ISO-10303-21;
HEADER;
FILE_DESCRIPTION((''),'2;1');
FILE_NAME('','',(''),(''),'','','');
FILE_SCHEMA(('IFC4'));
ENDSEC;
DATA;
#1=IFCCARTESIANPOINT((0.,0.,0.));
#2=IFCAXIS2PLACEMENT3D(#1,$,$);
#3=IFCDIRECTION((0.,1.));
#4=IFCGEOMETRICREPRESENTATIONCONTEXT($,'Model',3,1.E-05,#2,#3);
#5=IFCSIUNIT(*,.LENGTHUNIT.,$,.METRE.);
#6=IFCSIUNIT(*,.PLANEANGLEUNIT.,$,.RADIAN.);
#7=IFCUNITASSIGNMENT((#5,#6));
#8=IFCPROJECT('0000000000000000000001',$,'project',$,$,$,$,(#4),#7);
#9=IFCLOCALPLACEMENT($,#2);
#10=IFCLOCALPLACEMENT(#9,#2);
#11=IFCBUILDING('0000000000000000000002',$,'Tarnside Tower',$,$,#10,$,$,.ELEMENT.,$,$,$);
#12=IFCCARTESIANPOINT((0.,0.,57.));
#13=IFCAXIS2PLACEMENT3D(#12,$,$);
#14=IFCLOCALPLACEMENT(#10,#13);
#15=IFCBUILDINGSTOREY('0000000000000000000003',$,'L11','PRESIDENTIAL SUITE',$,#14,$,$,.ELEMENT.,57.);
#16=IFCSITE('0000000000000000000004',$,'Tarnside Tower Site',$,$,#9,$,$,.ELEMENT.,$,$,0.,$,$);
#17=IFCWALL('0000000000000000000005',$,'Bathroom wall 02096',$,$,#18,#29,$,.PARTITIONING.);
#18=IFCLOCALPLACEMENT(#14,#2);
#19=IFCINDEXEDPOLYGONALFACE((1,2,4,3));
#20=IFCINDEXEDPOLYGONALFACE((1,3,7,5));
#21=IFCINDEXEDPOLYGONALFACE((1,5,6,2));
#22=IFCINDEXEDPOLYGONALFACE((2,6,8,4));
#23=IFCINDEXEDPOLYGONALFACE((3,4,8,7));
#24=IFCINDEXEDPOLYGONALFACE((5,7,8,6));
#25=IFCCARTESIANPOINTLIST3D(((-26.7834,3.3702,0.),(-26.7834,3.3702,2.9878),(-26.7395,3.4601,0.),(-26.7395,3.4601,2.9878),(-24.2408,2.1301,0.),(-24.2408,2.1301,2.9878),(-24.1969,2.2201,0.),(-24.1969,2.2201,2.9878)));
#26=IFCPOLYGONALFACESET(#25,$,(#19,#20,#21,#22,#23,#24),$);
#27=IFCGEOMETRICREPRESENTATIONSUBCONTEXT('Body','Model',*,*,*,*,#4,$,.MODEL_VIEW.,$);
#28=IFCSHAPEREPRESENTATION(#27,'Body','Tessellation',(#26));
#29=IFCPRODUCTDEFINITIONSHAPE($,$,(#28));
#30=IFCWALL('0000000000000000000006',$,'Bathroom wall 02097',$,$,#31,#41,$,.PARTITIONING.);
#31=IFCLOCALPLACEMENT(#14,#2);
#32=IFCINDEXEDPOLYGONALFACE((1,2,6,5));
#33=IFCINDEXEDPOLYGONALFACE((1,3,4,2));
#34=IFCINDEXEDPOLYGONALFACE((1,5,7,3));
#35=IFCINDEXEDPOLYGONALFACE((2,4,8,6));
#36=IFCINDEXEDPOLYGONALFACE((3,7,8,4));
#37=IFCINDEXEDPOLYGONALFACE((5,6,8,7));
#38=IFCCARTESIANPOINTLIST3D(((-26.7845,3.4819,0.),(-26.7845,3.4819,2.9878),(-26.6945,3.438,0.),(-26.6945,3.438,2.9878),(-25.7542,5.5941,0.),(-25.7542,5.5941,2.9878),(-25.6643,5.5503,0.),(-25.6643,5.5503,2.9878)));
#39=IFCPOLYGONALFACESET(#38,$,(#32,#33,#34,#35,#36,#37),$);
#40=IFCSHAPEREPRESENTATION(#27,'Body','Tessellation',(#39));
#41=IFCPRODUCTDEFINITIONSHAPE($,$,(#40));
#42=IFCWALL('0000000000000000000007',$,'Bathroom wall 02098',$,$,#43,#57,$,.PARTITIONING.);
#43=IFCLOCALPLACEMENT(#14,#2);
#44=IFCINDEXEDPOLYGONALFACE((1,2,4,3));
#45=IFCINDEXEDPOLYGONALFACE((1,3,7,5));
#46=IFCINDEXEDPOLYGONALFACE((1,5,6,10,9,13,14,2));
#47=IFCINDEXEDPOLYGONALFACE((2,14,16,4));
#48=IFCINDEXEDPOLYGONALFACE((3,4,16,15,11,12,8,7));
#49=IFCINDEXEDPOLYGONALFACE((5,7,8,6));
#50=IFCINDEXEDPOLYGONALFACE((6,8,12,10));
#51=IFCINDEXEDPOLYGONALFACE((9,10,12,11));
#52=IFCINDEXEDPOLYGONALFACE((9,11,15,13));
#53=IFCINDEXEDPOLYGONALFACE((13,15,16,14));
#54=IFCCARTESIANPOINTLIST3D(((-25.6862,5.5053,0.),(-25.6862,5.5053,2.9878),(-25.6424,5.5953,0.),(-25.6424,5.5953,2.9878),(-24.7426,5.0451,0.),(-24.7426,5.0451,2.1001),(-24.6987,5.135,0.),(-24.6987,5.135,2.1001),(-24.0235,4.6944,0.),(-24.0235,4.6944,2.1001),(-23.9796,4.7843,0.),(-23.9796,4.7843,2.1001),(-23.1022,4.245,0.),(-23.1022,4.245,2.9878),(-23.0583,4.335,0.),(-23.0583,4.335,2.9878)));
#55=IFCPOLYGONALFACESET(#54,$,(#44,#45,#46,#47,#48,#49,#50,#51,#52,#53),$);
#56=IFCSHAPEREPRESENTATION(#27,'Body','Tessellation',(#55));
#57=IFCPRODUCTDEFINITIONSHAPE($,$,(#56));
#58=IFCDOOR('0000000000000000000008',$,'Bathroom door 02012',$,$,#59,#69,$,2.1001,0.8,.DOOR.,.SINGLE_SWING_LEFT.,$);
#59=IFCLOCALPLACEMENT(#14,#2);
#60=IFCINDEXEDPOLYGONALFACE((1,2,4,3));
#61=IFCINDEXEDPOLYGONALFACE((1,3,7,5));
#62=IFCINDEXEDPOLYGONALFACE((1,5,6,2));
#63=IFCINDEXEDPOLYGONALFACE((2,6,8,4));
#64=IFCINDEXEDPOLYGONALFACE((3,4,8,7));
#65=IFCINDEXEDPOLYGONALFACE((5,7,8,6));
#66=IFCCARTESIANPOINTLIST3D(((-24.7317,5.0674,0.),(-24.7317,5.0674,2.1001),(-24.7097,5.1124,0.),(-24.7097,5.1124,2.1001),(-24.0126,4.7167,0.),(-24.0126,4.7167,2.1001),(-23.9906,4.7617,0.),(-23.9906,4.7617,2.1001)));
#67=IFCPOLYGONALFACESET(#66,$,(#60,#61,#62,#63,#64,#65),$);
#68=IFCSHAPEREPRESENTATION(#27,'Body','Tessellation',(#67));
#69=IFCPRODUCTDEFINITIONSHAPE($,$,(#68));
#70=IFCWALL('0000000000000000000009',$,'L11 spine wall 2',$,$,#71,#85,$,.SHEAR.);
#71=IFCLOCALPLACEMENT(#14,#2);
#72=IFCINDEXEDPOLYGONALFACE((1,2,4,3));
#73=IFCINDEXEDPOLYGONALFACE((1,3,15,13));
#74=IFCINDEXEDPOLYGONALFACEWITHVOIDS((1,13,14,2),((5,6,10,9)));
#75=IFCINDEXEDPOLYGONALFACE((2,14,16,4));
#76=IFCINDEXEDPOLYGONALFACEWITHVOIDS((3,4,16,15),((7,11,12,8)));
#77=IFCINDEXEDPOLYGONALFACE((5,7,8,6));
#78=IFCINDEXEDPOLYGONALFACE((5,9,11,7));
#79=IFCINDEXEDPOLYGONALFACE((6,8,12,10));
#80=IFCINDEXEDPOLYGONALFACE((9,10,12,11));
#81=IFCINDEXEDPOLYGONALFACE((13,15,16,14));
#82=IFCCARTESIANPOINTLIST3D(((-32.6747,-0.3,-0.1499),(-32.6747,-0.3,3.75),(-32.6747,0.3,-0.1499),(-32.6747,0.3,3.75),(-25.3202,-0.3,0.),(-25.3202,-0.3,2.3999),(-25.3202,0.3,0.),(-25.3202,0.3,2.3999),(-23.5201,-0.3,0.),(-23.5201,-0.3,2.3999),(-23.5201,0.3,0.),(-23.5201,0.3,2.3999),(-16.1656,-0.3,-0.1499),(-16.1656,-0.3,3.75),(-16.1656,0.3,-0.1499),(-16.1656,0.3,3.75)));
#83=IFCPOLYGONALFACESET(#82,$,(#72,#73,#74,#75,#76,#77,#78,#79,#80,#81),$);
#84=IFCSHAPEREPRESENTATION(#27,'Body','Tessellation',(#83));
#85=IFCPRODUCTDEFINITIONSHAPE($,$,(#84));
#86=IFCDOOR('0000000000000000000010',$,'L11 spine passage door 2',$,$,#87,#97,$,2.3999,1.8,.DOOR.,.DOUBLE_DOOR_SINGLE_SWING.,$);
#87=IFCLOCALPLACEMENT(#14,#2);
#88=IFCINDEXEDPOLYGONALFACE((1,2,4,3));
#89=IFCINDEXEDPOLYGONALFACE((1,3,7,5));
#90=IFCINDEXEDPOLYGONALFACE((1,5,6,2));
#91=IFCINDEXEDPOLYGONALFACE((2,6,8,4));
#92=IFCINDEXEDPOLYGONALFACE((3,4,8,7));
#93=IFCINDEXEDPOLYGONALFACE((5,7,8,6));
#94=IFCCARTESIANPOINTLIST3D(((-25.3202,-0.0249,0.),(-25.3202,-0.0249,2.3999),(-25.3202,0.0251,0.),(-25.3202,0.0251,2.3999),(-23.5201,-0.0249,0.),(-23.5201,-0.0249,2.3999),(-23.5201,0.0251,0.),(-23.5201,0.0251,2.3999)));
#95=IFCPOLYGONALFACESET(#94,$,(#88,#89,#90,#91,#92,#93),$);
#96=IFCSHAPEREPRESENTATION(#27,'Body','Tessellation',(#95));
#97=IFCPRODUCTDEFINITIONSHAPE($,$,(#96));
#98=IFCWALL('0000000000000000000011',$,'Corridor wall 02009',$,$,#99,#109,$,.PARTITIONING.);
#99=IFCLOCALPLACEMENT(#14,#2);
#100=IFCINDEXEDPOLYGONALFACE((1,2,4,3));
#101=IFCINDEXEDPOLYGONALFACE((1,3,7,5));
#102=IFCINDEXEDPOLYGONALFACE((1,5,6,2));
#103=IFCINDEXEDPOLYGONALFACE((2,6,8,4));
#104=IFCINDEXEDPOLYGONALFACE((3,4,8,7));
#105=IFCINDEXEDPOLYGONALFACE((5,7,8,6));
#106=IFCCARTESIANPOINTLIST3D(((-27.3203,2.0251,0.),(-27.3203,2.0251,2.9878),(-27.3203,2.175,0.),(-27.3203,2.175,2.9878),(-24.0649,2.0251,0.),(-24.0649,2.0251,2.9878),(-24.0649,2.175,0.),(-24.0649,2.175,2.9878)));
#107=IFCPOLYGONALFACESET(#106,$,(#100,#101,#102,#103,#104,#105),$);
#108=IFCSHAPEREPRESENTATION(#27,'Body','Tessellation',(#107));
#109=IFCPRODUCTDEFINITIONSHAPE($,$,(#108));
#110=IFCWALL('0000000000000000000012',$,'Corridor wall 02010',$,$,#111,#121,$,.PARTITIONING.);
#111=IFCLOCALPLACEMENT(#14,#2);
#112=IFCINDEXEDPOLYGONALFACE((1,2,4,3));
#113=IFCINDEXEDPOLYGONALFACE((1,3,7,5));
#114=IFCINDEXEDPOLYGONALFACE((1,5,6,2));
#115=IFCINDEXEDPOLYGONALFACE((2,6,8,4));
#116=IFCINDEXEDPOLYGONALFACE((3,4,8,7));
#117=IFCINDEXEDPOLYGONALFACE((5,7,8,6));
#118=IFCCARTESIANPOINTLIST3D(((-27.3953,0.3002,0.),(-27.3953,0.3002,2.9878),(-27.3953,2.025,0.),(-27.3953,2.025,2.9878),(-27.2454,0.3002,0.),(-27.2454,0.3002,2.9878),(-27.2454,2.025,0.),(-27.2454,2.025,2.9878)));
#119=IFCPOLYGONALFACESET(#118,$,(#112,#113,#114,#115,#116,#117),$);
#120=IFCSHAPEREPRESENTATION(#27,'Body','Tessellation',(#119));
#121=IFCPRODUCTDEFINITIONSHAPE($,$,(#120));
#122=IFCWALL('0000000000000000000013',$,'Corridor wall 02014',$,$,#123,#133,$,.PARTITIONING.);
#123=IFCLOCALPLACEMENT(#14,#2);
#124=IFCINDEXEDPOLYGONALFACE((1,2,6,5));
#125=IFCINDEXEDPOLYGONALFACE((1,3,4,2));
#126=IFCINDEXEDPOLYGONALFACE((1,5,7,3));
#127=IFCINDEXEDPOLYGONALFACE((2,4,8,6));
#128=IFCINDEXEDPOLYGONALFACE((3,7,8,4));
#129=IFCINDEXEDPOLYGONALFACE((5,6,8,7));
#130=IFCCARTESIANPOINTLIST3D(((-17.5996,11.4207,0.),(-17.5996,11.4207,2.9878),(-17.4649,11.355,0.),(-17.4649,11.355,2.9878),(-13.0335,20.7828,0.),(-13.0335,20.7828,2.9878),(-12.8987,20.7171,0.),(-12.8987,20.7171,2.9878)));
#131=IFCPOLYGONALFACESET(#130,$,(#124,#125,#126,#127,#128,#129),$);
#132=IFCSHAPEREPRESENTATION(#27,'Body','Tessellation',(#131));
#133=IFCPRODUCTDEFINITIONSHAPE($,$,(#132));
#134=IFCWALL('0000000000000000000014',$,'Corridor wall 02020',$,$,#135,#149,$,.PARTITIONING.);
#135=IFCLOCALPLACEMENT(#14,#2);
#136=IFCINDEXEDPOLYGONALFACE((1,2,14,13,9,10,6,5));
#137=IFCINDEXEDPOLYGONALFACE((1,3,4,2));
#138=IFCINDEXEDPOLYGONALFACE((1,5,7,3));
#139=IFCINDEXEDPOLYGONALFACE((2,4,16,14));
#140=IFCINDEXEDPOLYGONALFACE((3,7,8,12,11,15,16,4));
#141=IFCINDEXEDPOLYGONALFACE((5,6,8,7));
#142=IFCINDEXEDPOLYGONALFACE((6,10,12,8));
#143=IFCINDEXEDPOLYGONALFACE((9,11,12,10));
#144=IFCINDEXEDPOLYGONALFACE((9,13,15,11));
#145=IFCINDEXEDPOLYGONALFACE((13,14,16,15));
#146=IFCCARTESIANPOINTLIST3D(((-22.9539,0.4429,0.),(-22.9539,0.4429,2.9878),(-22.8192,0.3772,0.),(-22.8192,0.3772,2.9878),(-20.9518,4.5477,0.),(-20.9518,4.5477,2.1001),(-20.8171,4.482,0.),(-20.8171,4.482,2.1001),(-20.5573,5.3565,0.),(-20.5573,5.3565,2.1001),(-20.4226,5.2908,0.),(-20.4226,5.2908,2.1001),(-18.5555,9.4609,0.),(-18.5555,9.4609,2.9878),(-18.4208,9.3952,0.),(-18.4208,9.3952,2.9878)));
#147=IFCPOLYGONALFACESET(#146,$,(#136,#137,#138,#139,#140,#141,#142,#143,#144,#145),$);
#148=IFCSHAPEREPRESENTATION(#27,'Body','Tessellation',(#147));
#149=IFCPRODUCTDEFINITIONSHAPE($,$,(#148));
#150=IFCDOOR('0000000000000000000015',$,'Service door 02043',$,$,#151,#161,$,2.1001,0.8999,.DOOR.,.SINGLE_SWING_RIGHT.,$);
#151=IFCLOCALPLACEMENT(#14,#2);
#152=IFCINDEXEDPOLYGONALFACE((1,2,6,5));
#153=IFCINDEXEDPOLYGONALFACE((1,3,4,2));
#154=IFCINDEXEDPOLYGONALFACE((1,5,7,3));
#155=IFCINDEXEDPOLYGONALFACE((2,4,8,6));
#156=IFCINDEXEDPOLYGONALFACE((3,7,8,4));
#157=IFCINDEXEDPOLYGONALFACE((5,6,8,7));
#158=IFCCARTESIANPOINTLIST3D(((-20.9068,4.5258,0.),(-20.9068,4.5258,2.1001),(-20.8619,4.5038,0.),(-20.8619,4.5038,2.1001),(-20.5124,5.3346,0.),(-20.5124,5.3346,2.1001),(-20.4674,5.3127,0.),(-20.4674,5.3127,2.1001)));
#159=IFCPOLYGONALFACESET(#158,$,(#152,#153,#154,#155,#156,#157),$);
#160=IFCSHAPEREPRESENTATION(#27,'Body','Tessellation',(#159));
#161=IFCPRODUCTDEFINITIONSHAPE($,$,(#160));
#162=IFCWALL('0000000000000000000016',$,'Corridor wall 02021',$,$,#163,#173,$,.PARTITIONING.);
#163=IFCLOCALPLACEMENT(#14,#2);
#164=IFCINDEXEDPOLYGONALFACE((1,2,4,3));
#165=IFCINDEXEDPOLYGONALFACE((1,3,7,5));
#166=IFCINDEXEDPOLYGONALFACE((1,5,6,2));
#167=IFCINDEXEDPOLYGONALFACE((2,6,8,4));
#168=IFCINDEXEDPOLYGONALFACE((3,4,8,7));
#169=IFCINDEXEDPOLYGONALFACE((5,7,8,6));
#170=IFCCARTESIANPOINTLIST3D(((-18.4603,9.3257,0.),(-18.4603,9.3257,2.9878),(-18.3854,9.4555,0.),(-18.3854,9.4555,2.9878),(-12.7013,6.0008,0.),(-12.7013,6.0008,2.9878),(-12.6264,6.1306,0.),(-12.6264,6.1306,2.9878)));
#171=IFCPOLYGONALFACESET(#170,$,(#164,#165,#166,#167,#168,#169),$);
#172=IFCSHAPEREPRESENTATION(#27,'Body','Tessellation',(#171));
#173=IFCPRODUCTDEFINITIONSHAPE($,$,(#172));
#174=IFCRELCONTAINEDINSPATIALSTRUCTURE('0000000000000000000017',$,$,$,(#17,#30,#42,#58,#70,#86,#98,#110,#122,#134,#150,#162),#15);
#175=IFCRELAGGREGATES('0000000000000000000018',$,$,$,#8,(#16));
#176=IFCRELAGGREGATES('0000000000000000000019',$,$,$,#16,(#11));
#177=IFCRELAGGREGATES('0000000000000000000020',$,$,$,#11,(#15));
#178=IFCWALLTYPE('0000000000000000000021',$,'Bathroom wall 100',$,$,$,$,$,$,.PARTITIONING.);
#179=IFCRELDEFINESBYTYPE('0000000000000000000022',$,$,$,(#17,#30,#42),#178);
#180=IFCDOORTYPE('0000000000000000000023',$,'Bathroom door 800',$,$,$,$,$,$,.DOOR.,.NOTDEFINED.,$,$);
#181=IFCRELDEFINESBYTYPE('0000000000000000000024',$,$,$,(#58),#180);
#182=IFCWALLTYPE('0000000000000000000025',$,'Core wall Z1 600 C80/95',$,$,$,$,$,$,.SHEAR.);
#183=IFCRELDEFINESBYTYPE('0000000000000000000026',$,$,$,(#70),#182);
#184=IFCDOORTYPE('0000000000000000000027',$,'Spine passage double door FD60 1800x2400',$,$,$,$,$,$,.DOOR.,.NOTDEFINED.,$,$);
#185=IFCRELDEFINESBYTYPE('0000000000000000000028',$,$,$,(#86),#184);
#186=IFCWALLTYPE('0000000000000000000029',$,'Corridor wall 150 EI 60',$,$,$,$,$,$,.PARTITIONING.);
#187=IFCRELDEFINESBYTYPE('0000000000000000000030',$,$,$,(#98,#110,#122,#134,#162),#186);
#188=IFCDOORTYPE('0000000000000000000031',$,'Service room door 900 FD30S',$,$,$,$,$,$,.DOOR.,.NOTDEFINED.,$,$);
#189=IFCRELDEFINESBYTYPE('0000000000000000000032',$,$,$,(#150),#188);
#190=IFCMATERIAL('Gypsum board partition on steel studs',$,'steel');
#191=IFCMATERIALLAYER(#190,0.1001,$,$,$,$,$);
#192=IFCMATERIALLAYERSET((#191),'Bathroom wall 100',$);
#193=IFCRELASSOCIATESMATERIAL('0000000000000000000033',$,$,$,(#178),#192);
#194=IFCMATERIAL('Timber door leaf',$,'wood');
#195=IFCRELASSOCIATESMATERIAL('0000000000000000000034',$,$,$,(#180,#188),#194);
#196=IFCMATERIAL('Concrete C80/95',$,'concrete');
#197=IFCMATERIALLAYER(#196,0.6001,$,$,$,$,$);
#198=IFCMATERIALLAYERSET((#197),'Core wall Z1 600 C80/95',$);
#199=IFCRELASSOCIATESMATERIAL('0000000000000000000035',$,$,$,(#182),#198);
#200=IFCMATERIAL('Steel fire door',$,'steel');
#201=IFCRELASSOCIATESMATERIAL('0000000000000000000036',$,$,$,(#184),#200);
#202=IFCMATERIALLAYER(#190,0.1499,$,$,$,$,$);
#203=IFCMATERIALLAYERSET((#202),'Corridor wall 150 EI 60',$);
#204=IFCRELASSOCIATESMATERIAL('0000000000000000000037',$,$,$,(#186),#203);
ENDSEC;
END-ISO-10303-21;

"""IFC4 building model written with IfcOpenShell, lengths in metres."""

from ifc_helpers import new_model, si_unit, direction, frame, frame_2d, origin, place, context, subcontext, project, spatial, rectangle, extrude, material, layer, layer_set, type_object, element, fill, save


model = new_model("IFC4")

# Units and contexts
model_context = context("Model", 3, precision=1e-05, world=origin(), true_north=direction((0.0, 1.0)))
body_context = subcontext(model_context, "Body", "Model", "MODEL_VIEW")
ifc_project = project(units=[si_unit("LENGTHUNIT", "METRE"), si_unit("PLANEANGLEUNIT", "RADIAN")], contexts=[model_context])

# Site, building, storey
site_placement = place(None, origin())
site = spatial("IfcSite", under=ifc_project, at=site_placement, Name="Tarnside Tower Site", CompositionType="ELEMENT", RefElevation=0.0)
building_placement = place(site_placement, origin())
building = spatial("IfcBuilding", under=site, at=building_placement, Name="Tarnside Tower", CompositionType="ELEMENT")
storey_placement = place(building_placement, frame((0.0, 0.0, 57.0)))
storey = spatial("IfcBuildingStorey", under=building, at=storey_placement, Name="L11", Description="PRESIDENTIAL SUITE", CompositionType="ELEMENT", Elevation=57.0)

# Walls
ifc_material_1 = material(Name="Gypsum board partition on steel studs", Category="steel")
ifc_layer_1 = layer(ifc_material_1, 0.1001)
ifc_layer_set_1 = layer_set([ifc_layer_1], Name="Bathroom wall 100")
wall_type_1 = type_object("IfcWallType", Name="Bathroom wall 100", PredefinedType="PARTITIONING", material=ifc_layer_set_1)
wall_1_placement = place(storey_placement, frame((-24.2188, 2.175, 0.0), z_axis=(0.0, 0.0, 1.0), x_axis=(-0.898802, 0.438354, 0.0)))
element("IfcWall", 1, at=wall_1_placement, inside=storey, type_object=wall_type_1, Name="Bathroom wall 02096", PredefinedType="PARTITIONING", context=body_context, shape_type="SweptSolid", body=[
    extrude(rectangle(XDim=2.8289, YDim=0.1001, at=frame_2d((1.4146, 0.0))), origin(), (0.0, 0.0, 1.0), 2.9878),
])
wall_2_placement = place(storey_placement, frame((-26.7395, 3.46, 0.0), z_axis=(0.0, 0.0, 1.0), x_axis=(0.438383, 0.898788, 0.0)))
element("IfcWall", 2, at=wall_2_placement, inside=storey, type_object=wall_type_1, Name="Bathroom wall 02097", PredefinedType="PARTITIONING", context=body_context, shape_type="SweptSolid", body=[
    extrude(rectangle(XDim=2.3501, YDim=0.1001, at=frame_2d((1.175, 0.0))), origin(), (0.0, 0.0, 1.0), 2.9878),
])

# Walls, openings, doors
wall_3_placement = place(storey_placement, frame((-25.6643, 5.5503, 0.0), z_axis=(0.0, 0.0, 1.0), x_axis=(0.898799, -0.43836, 0.0)))
wall_3 = element("IfcWall", 3, at=wall_3_placement, inside=storey, type_object=wall_type_1, Name="Bathroom wall 02098", PredefinedType="PARTITIONING", context=body_context, shape_type="SweptSolid", body=[
    extrude(rectangle(XDim=2.875, YDim=0.1001, at=frame_2d((1.4375, 0.0))), origin(), (0.0, 0.0, 1.0), 2.9878),
])
opening_1_placement = place(wall_3_placement, frame((1.05, 0.0, 0.0)))
opening_1 = element("IfcOpeningElement", 4, at=opening_1_placement, cuts=wall_3, PredefinedType="OPENING", context=body_context, shape_type="SweptSolid", body=[
    extrude(rectangle(XDim=0.8, YDim=2.1001, at=frame_2d((0.3999, 1.05))), frame((0.0, 0.0601, 0.0), z_axis=(0.0, -1.0, 0.0), x_axis=(1.0, 0.0, 0.0)), (0.0, 0.0, 1.0), 0.1201),
])
ifc_material_2 = material(Name="Timber door leaf", Category="wood")
door_type_1 = type_object("IfcDoorType", Name="Bathroom door 800", OperationType="NOTDEFINED", PredefinedType="DOOR", material=ifc_material_2)
door_1_placement = place(opening_1_placement, origin())
door_1 = element("IfcDoor", 5, at=door_1_placement, inside=storey, type_object=door_type_1, Name="Bathroom door 02012", OperationType="SINGLE_SWING_LEFT", OverallHeight=2.1001, OverallWidth=0.8, PredefinedType="DOOR", context=body_context, shape_type="SweptSolid", body=[
    extrude(rectangle(XDim=0.8, YDim=2.1001, at=frame_2d((0.3999, 1.05))), frame((0.0, 0.0249, 0.0), z_axis=(0.0, -1.0, 0.0), x_axis=(1.0, 0.0, 0.0)), (0.0, 0.0, 1.0), 0.05),
])
fill(opening_1, door_1)
ifc_material_3 = material(Name="Concrete C80/95", Category="concrete")
ifc_layer_2 = layer(ifc_material_3, 0.6001)
ifc_layer_set_2 = layer_set([ifc_layer_2], Name="Core wall Z1 600 C80/95")
wall_type_2 = type_object("IfcWallType", Name="Core wall Z1 600 C80/95", PredefinedType="SHEAR", material=ifc_layer_set_2)
wall_4_placement = place(storey_placement, frame((-16.1658, 0.0, -0.1499), z_axis=(0.0, 0.0, 1.0), x_axis=(-1.0, 0.0, 0.0)))
wall_4 = element("IfcWall", 6, at=wall_4_placement, inside=storey, type_object=wall_type_2, Name="L11 spine wall 2", PredefinedType="SHEAR", context=body_context, shape_type="SweptSolid", body=[
    extrude(rectangle(XDim=16.509, YDim=0.6001, at=frame_2d((8.2544, 0.0))), origin(), (0.0, 0.0, 1.0), 3.8999),
])
opening_2_placement = place(wall_4_placement, frame((7.3545, 0.0, 0.1499)))
opening_2 = element("IfcOpeningElement", 7, at=opening_2_placement, cuts=wall_4, PredefinedType="OPENING", context=body_context, shape_type="SweptSolid", body=[
    extrude(rectangle(XDim=1.8, YDim=2.3999, at=frame_2d((0.8999, 1.2))), frame((0.0, 0.3101, 0.0), z_axis=(0.0, -1.0, 0.0), x_axis=(1.0, 0.0, 0.0)), (0.0, 0.0, 1.0), 0.6201),
])
ifc_material_4 = material(Name="Steel fire door", Category="steel")
door_type_2 = type_object("IfcDoorType", Name="Spine passage double door FD60 1800x2400", OperationType="NOTDEFINED", PredefinedType="DOOR", material=ifc_material_4)
door_2_placement = place(opening_2_placement, origin())
door_2 = element("IfcDoor", 8, at=door_2_placement, inside=storey, type_object=door_type_2, Name="L11 spine passage door 2", OperationType="DOUBLE_DOOR_SINGLE_SWING", OverallHeight=2.3999, OverallWidth=1.8, PredefinedType="DOOR", context=body_context, shape_type="SweptSolid", body=[
    extrude(rectangle(XDim=1.8, YDim=2.3999, at=frame_2d((0.8999, 1.2))), frame((0.0, 0.0249, 0.0), z_axis=(0.0, -1.0, 0.0), x_axis=(1.0, 0.0, 0.0)), (0.0, 0.0, 1.0), 0.05),
])
fill(opening_2, door_2)

# Walls
ifc_layer_3 = layer(ifc_material_1, 0.1499)
ifc_layer_set_3 = layer_set([ifc_layer_3], Name="Corridor wall 150 EI 60")
wall_type_3 = type_object("IfcWallType", Name="Corridor wall 150 EI 60", PredefinedType="PARTITIONING", material=ifc_layer_set_3)
wall_5_placement = place(storey_placement, frame((-24.0649, 2.1001, 0.0), z_axis=(0.0, 0.0, 1.0), x_axis=(-1.0, 0.0, 0.0)))
element("IfcWall", 9, at=wall_5_placement, inside=storey, type_object=wall_type_3, Name="Corridor wall 02009", PredefinedType="PARTITIONING", context=body_context, shape_type="SweptSolid", body=[
    extrude(rectangle(XDim=3.2554, YDim=0.1499, at=frame_2d((1.6277, 0.0))), origin(), (0.0, 0.0, 1.0), 2.9878),
])
wall_6_placement = place(storey_placement, frame((-27.3203, 2.0249, 0.0), z_axis=(0.0, 0.0, 1.0), x_axis=(0.0, -1.0, 0.0)))
element("IfcWall", 10, at=wall_6_placement, inside=storey, type_object=wall_type_3, Name="Corridor wall 02010", PredefinedType="PARTITIONING", context=body_context, shape_type="SweptSolid", body=[
    extrude(rectangle(XDim=1.7249, YDim=0.1499, at=frame_2d((0.8623, 0.0))), origin(), (0.0, 0.0, 1.0), 2.9878),
])
wall_7_placement = place(storey_placement, frame((-17.5322, 11.3879, 0.0), z_axis=(0.0, 0.0, 1.0), x_axis=(0.43837, 0.898795, 0.0)))
element("IfcWall", 11, at=wall_7_placement, inside=storey, type_object=wall_type_3, Name="Corridor wall 02014", PredefinedType="PARTITIONING", context=body_context, shape_type="SweptSolid", body=[
    extrude(rectangle(XDim=10.4163, YDim=0.1499, at=frame_2d((5.208, 0.0))), origin(), (0.0, 0.0, 1.0), 2.9878),
])

# Wall, opening, door
wall_8_placement = place(storey_placement, frame((-22.8865, 0.4102, 0.0), z_axis=(0.0, 0.0, 1.0), x_axis=(0.438374, 0.898793, 0.0)))
wall_8 = element("IfcWall", 12, at=wall_8_placement, inside=storey, type_object=wall_type_3, Name="Corridor wall 02020", PredefinedType="PARTITIONING", context=body_context, shape_type="SweptSolid", body=[
    extrude(rectangle(XDim=10.0334, YDim=0.1499, at=frame_2d((5.0166, 0.0))), origin(), (0.0, 0.0, 1.0), 2.9878),
])
opening_3_placement = place(wall_8_placement, frame((4.5669, 0.0, 0.0)))
opening_3 = element("IfcOpeningElement", 13, at=opening_3_placement, cuts=wall_8, PredefinedType="OPENING", context=body_context, shape_type="SweptSolid", body=[
    extrude(rectangle(XDim=0.8999, YDim=2.1001, at=frame_2d((0.45, 1.05))), frame((0.0, 0.085, 0.0), z_axis=(0.0, -1.0, 0.0), x_axis=(1.0, 0.0, 0.0)), (0.0, 0.0, 1.0), 0.1699),
])
door_type_3 = type_object("IfcDoorType", Name="Service room door 900 FD30S", OperationType="NOTDEFINED", PredefinedType="DOOR", material=ifc_material_2)
door_3_placement = place(opening_3_placement, origin())
door_3 = element("IfcDoor", 14, at=door_3_placement, inside=storey, type_object=door_type_3, Name="Service door 02043", OperationType="SINGLE_SWING_RIGHT", OverallHeight=2.1001, OverallWidth=0.8999, PredefinedType="DOOR", context=body_context, shape_type="SweptSolid", body=[
    extrude(rectangle(XDim=0.8999, YDim=2.1001, at=frame_2d((0.45, 1.05))), frame((0.0, 0.0249, 0.0), z_axis=(0.0, -1.0, 0.0), x_axis=(1.0, 0.0, 0.0)), (0.0, 0.0, 1.0), 0.05),
])
fill(opening_3, door_3)

# Wall
wall_9_placement = place(storey_placement, frame((-18.4229, 9.3906, 0.0), z_axis=(0.0, 0.0, 1.0), x_axis=(0.866027, -0.499997, 0.0)))
element("IfcWall", 15, at=wall_9_placement, inside=storey, type_object=wall_type_3, Name="Corridor wall 02021", PredefinedType="PARTITIONING", context=body_context, shape_type="SweptSolid", body=[
    extrude(rectangle(XDim=6.6499, YDim=0.1499, at=frame_2d((3.325, 0.0))), origin(), (0.0, 0.0, 1.0), 2.9878),
])

save(model, "model.ifc")
